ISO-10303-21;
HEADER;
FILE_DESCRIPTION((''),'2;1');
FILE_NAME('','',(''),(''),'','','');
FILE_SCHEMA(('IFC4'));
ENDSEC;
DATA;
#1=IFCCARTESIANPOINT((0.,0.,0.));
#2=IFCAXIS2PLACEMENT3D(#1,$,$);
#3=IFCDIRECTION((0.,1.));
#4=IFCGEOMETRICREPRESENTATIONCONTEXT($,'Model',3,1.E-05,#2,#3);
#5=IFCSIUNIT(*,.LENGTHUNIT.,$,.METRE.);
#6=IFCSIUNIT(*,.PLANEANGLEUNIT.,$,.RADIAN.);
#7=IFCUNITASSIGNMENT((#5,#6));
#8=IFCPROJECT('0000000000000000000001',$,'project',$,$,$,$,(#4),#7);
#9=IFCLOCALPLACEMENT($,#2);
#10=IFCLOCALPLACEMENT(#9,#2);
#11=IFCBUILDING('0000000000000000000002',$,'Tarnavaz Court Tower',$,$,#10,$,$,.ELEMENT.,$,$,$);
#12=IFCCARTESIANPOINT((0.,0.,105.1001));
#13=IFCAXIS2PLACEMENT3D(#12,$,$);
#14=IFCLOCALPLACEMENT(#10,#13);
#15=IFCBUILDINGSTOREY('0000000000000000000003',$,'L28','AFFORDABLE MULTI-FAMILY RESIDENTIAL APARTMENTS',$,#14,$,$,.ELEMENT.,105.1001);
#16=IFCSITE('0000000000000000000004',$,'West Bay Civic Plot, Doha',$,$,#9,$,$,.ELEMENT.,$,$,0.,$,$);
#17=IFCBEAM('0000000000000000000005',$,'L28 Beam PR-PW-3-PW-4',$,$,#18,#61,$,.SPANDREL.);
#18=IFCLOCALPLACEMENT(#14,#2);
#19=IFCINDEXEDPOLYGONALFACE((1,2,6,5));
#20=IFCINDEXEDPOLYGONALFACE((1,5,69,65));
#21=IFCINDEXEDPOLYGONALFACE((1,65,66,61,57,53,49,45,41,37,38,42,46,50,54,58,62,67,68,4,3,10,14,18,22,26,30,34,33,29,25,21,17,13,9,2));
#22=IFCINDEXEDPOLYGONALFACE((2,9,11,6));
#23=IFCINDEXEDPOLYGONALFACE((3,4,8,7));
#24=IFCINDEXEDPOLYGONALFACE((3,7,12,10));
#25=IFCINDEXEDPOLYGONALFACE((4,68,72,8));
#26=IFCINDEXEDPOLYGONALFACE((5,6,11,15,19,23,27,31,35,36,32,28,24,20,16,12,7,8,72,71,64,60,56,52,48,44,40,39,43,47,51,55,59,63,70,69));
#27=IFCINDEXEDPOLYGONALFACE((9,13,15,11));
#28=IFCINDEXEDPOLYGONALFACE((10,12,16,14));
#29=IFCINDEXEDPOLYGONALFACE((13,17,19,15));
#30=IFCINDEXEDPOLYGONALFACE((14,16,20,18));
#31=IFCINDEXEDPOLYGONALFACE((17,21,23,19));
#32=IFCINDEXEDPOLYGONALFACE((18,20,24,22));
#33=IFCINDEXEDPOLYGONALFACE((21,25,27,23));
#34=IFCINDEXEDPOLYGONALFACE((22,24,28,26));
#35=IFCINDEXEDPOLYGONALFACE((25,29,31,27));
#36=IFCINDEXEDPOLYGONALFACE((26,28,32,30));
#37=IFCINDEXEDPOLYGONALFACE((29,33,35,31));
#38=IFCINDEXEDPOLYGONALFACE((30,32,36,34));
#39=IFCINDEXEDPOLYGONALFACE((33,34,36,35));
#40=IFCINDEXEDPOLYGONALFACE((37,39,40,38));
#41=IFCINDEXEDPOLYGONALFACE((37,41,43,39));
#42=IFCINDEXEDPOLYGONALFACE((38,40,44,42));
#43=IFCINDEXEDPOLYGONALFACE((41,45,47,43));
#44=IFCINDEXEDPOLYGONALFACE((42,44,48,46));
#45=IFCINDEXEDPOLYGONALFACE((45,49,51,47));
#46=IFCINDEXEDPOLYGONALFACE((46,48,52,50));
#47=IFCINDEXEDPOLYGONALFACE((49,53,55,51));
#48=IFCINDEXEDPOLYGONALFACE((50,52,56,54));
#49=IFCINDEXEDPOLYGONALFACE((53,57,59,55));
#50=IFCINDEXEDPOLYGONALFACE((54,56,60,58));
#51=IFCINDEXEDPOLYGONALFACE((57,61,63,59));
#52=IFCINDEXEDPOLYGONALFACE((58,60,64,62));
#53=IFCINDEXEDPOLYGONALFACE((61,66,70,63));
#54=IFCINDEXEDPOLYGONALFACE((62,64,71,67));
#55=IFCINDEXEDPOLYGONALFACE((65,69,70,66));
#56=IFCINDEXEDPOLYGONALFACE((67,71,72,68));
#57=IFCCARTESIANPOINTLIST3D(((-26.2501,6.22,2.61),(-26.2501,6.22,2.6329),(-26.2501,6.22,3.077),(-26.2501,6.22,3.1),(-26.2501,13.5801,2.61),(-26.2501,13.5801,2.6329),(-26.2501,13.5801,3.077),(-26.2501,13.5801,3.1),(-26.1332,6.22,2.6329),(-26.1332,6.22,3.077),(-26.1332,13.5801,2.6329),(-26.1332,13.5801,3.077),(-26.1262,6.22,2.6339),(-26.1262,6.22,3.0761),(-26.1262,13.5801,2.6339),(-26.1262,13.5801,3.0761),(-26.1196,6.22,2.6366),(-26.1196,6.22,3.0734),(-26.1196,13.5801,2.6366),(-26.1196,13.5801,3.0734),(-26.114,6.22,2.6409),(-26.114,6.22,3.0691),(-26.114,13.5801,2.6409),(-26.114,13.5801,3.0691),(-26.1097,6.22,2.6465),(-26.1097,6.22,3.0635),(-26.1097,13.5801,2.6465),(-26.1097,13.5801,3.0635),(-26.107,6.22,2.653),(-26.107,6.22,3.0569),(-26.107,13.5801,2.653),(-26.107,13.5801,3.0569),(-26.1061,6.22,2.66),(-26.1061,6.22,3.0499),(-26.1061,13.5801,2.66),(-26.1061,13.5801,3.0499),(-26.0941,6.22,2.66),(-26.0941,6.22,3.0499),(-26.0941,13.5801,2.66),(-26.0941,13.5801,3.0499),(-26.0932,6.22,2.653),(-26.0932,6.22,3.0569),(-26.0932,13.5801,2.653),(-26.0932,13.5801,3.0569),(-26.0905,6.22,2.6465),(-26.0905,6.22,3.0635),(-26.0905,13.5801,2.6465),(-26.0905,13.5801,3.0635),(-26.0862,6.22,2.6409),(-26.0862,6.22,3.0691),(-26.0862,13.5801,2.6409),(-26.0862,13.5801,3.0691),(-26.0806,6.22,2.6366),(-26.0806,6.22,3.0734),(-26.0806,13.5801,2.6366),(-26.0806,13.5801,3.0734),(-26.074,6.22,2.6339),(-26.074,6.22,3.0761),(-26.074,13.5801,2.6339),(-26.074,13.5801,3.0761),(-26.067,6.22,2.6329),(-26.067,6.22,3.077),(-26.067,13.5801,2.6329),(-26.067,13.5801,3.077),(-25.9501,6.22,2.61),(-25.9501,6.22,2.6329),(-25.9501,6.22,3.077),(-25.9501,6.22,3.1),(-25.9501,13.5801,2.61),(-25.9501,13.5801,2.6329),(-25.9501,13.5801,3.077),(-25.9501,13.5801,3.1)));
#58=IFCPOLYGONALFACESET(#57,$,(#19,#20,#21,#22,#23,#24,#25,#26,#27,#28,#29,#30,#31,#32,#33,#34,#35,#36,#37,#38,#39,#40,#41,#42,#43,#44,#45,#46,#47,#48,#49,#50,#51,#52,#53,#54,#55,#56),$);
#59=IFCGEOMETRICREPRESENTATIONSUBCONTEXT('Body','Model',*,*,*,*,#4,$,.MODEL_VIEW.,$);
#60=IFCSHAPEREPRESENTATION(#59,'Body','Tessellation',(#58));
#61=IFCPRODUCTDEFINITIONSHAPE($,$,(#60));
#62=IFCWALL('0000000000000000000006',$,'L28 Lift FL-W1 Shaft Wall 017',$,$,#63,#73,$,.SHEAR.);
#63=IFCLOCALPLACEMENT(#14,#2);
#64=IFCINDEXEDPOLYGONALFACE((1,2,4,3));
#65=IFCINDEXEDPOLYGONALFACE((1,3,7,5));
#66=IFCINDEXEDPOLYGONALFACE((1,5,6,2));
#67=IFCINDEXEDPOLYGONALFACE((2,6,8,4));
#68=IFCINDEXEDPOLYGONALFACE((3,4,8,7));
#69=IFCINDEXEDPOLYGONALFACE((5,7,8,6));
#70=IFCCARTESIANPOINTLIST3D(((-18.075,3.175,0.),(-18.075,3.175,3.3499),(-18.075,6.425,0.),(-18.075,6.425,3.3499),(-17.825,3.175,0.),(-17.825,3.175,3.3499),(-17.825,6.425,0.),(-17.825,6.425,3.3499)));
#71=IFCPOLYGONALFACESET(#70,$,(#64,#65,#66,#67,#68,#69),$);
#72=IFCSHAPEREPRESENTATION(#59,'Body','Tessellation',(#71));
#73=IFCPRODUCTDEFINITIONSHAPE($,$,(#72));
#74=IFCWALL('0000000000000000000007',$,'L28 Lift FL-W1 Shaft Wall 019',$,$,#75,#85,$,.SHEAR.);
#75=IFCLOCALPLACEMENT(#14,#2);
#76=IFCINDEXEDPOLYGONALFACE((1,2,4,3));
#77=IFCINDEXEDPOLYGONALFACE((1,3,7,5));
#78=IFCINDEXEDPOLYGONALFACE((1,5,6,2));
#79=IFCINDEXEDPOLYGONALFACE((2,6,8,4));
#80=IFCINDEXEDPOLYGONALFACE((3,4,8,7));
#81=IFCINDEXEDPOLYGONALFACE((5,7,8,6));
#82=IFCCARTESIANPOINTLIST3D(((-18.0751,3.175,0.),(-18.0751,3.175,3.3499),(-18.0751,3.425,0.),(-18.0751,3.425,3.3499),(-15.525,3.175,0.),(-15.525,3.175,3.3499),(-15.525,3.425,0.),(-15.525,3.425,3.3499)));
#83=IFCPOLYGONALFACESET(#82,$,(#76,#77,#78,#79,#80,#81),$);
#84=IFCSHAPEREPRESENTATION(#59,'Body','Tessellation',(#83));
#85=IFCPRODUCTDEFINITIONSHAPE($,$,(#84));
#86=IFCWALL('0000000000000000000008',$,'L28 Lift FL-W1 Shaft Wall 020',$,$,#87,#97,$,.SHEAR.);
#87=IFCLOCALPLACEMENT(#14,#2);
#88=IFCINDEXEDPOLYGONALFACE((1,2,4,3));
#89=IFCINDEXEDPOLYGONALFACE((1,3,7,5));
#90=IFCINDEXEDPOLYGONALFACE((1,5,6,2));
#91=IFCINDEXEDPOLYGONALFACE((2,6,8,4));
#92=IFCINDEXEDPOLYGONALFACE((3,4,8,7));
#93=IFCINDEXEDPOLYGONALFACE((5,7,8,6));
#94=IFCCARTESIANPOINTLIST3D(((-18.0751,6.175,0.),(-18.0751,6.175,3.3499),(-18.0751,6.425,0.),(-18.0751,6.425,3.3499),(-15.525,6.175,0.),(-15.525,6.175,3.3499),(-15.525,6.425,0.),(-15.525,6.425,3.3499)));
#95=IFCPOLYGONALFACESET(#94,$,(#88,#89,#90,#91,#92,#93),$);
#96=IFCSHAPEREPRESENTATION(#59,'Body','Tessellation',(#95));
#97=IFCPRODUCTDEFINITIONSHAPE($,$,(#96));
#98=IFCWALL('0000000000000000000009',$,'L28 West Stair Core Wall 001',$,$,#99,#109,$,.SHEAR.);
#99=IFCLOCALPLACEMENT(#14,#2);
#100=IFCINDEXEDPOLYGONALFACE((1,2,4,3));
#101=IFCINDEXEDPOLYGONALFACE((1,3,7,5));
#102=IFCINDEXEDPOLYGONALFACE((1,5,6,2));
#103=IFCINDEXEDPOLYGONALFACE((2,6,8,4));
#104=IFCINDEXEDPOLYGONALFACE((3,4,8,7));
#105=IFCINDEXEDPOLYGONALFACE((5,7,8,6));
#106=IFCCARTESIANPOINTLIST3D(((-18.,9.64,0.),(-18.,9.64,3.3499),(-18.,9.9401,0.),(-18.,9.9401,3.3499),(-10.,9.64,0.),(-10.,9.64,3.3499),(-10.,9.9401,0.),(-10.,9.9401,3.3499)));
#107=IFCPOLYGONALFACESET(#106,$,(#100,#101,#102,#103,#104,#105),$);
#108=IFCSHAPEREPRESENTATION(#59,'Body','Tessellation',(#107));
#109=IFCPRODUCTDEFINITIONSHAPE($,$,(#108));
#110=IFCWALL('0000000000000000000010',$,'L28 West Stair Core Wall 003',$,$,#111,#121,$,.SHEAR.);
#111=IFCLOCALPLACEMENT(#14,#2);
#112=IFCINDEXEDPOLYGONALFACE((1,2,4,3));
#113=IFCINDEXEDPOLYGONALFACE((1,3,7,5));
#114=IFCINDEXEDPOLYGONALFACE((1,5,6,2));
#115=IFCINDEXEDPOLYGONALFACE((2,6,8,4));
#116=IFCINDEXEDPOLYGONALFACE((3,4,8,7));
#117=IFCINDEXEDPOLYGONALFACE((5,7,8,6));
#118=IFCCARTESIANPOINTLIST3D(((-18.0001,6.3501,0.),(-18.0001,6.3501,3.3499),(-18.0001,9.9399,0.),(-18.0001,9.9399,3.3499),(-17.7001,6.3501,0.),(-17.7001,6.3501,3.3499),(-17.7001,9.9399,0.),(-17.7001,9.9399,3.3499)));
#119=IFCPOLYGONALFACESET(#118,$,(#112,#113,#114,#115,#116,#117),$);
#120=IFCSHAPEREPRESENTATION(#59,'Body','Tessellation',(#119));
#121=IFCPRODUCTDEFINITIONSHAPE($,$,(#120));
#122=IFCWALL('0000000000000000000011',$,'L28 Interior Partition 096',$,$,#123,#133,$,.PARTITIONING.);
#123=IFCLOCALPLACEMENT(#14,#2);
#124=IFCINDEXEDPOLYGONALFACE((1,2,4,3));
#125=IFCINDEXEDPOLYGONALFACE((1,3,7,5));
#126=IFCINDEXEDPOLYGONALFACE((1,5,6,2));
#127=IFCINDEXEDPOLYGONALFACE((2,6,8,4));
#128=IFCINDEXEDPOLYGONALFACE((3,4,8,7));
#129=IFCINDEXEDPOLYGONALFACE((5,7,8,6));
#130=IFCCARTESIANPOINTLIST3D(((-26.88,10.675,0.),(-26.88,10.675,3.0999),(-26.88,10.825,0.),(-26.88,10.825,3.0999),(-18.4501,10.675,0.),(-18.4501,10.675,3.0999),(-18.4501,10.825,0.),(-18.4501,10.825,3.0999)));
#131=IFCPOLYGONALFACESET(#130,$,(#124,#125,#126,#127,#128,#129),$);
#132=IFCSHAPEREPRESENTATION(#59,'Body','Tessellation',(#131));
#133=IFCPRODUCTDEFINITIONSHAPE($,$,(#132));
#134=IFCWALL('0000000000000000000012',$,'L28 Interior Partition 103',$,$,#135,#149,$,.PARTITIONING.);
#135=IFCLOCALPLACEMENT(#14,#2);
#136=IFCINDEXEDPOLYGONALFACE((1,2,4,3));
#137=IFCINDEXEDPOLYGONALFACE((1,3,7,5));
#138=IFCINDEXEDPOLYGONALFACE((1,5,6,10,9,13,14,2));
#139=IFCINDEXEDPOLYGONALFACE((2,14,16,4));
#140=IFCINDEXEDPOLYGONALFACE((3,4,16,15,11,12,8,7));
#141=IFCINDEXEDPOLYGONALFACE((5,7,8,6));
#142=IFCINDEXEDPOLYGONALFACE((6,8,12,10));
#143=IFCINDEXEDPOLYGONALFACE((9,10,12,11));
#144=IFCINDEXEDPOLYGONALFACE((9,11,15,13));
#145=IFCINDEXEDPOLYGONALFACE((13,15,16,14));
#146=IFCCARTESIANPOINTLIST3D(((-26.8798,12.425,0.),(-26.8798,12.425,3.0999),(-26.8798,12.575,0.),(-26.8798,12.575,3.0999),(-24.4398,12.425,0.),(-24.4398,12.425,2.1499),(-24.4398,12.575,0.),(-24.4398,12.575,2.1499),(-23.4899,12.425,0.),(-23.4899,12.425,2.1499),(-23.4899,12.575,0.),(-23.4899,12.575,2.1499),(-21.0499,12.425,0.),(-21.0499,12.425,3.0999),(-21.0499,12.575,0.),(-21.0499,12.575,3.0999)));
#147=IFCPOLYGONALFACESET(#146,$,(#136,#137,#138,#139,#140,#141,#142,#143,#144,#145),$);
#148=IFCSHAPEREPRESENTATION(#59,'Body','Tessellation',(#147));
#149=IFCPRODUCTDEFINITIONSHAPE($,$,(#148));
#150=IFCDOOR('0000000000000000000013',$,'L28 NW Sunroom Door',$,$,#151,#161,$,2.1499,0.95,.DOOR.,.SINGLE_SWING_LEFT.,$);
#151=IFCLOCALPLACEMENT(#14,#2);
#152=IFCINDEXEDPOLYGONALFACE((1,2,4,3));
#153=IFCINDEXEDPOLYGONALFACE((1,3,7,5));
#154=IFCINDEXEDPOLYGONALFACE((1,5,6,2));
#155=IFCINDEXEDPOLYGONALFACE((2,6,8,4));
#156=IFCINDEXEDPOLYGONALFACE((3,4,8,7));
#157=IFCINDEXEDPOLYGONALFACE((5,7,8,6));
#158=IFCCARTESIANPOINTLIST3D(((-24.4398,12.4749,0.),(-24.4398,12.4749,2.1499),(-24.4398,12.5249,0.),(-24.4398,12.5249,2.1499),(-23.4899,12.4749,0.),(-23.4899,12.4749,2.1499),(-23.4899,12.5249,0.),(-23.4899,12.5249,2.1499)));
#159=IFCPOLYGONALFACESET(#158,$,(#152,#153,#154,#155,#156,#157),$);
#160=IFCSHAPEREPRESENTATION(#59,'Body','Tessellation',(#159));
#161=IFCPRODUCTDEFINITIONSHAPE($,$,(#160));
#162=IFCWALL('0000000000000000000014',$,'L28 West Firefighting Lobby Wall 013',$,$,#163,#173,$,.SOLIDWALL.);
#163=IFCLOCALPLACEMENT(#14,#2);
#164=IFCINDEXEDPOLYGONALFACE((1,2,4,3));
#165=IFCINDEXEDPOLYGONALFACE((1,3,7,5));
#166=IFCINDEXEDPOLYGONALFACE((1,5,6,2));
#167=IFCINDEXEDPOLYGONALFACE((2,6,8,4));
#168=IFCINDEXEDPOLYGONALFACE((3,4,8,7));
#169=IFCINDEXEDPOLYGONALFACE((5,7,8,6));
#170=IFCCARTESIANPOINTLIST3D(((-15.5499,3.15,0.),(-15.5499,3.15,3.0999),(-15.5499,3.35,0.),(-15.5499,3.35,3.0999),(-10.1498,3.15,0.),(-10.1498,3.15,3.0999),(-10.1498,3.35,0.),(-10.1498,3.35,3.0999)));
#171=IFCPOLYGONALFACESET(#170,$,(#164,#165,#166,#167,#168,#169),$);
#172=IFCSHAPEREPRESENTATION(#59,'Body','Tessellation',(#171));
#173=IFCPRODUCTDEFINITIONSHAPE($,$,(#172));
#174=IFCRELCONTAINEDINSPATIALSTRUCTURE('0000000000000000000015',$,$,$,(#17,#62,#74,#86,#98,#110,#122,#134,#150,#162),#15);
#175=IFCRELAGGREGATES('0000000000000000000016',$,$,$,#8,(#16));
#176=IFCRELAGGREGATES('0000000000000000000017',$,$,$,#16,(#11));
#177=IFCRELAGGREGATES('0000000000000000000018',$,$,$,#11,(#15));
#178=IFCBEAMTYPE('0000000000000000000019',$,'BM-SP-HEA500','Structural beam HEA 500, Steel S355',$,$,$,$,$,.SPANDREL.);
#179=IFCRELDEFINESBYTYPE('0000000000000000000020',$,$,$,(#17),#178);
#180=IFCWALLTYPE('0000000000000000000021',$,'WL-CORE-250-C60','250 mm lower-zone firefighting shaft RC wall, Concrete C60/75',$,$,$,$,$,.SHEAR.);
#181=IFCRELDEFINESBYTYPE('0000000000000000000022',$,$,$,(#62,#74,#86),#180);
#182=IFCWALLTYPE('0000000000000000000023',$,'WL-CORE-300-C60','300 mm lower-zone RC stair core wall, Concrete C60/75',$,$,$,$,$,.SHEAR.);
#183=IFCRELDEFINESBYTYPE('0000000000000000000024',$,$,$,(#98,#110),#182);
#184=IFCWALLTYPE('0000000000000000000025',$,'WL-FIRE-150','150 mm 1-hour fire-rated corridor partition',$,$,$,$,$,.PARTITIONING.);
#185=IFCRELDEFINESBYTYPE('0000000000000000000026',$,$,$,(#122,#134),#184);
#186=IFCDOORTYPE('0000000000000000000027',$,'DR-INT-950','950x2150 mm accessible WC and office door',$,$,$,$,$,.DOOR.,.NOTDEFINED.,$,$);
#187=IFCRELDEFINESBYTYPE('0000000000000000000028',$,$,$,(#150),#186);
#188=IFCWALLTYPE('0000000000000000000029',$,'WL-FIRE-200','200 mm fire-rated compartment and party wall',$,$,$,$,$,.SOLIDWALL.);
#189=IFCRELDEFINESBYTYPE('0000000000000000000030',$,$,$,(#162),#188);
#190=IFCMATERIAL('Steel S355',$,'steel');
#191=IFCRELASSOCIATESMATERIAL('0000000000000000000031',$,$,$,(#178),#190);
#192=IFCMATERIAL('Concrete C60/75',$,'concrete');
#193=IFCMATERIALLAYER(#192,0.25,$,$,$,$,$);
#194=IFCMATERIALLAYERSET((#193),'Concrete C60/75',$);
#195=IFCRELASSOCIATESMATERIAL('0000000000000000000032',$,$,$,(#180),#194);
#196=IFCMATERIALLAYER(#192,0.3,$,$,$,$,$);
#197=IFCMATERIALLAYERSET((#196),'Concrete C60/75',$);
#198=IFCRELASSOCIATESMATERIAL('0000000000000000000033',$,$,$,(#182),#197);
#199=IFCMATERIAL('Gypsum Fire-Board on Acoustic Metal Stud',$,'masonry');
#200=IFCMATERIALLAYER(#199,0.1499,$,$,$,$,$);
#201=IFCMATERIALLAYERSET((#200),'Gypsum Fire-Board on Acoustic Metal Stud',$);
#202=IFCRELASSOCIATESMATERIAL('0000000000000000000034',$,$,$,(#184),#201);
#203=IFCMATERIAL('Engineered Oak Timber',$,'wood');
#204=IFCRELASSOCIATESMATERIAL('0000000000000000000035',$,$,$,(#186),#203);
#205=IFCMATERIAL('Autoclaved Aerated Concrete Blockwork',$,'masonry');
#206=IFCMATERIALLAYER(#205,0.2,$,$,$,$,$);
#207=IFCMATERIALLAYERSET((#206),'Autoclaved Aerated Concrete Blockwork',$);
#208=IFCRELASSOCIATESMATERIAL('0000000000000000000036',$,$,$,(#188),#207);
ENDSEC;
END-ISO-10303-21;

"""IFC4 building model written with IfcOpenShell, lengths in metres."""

from ifc_helpers import new_model, si_unit, direction, frame, frame_2d, origin, origin_2d, place, context, subcontext, project, spatial, rectangle, i_section, extrude, material, layer, layer_set, material_profile, profile_set, type_object, element, fill, save


model = new_model("IFC4")

# Units and contexts
model_context = context("Model", 3, precision=1e-05, world=origin(), true_north=direction((0.0, 1.0)))
body_context = subcontext(model_context, "Body", "Model", "MODEL_VIEW")
ifc_project = project(units=[si_unit("LENGTHUNIT", "METRE"), si_unit("PLANEANGLEUNIT", "RADIAN")], contexts=[model_context])

# Site, building, storey
site_placement = place(None, origin())
site = spatial("IfcSite", under=ifc_project, at=site_placement, Name="West Bay Civic Plot, Doha", CompositionType="ELEMENT", RefElevation=0.0)
building_placement = place(site_placement, origin())
building = spatial("IfcBuilding", under=site, at=building_placement, Name="Tarnavaz Court Tower", CompositionType="ELEMENT")
storey_placement = place(building_placement, frame((0.0, 0.0, 105.1001)))
storey = spatial("IfcBuildingStorey", under=building, at=storey_placement, Name="L28", Description="AFFORDABLE MULTI-FAMILY RESIDENTIAL APARTMENTS", CompositionType="ELEMENT", Elevation=105.1001)

# Shared definitions
ifc_material_1 = material(Name="Concrete C60/75", Category="concrete")

# Beam
ifc_material_2 = material(Name="Steel S355", Category="steel")
ifc_material_profile_1 = material_profile(ifc_material_2, i_section(OverallWidth=0.3, OverallDepth=0.49, WebThickness=0.012, FlangeThickness=0.0229, FilletRadius=0.0271, at=origin_2d()), Name="HEA 500")
ifc_profile_set_1 = profile_set([ifc_material_profile_1], Name="Steel S355")
beam_type_1 = type_object("IfcBeamType", Name="BM-SP-HEA500", Description="Structural beam HEA 500, Steel S355", PredefinedType="SPANDREL", material=ifc_profile_set_1)
beam_1_placement = place(storey_placement, frame((-26.1001, 6.22, 2.855), z_axis=(0.0, 1.0, 0.0), x_axis=(-1.0, 0.0, 0.0)))
element("IfcBeam", 1, at=beam_1_placement, inside=storey, type_object=beam_type_1, Name="L28 Beam PR-PW-3-PW-4", PredefinedType="SPANDREL", context=body_context, shape_type="SweptSolid", body=[
    extrude(i_section(OverallWidth=0.3, OverallDepth=0.49, WebThickness=0.012, FlangeThickness=0.0229, FilletRadius=0.0271, at=origin_2d()), origin(), (0.0, 0.0, 1.0), 7.3601),
])

# Wall
ifc_layer_1 = layer(ifc_material_1, 0.25)
ifc_layer_set_1 = layer_set([ifc_layer_1], Name="Concrete C60/75")
wall_type_1 = type_object("IfcWallType", Name="WL-CORE-250-C60", Description="250 mm lower-zone firefighting shaft RC wall, Concrete C60/75", PredefinedType="SHEAR", material=ifc_layer_set_1)
wall_1_placement = place(storey_placement, frame((-17.95, 3.175, 0.0), z_axis=(0.0, 0.0, 1.0), x_axis=(0.0, 1.0, 0.0)))
element("IfcWall", 2, at=wall_1_placement, inside=storey, type_object=wall_type_1, Name="L28 Lift FL-W1 Shaft Wall 017", PredefinedType="SHEAR", context=body_context, shape_type="SweptSolid", body=[
    extrude(rectangle(XDim=3.25, YDim=0.25, at=frame_2d((1.625, 0.0))), origin(), (0.0, 0.0, 1.0), 3.3499),
])

# Walls
for number, where, z_axis, x_axis, name in (
    (3, (-18.075, 3.3, 0.0), (0.0, 0.0, 1.0), (1.0, 0.0, 0.0), "L28 Lift FL-W1 Shaft Wall 019"),
    (4, (-18.075, 6.3, 0.0), (0.0, 0.0, 1.0), (1.0, 0.0, 0.0), "L28 Lift FL-W1 Shaft Wall 020"),
):
    element("IfcWall", number, at=place(storey_placement, frame(where, z_axis=z_axis, x_axis=x_axis)), inside=storey, type_object=wall_type_1, Name=name, PredefinedType="SHEAR", context=body_context, shape_type="SweptSolid", body=[
        extrude(rectangle(XDim=2.55, YDim=0.25, at=frame_2d((1.2749, 0.0))), origin(), (0.0, 0.0, 1.0), 3.3499),
    ])
ifc_layer_2 = layer(ifc_material_1, 0.3)
ifc_layer_set_2 = layer_set([ifc_layer_2], Name="Concrete C60/75")
wall_type_2 = type_object("IfcWallType", Name="WL-CORE-300-C60", Description="300 mm lower-zone RC stair core wall, Concrete C60/75", PredefinedType="SHEAR", material=ifc_layer_set_2)
wall_2_placement = place(storey_placement, frame((-18.0, 9.79, 0.0), z_axis=(0.0, 0.0, 1.0), x_axis=(1.0, 0.0, 0.0)))
element("IfcWall", 5, at=wall_2_placement, inside=storey, type_object=wall_type_2, Name="L28 West Stair Core Wall 001", PredefinedType="SHEAR", context=body_context, shape_type="SweptSolid", body=[
    extrude(rectangle(XDim=8.0, YDim=0.3, at=frame_2d((4.0, 0.0))), origin(), (0.0, 0.0, 1.0), 3.3499),
])

# Walls
wall_3_placement = place(storey_placement, frame((-17.8501, 6.3501, 0.0), z_axis=(0.0, 0.0, 1.0), x_axis=(0.0, 1.0, 0.0)))
element("IfcWall", 6, at=wall_3_placement, inside=storey, type_object=wall_type_2, Name="L28 West Stair Core Wall 003", PredefinedType="SHEAR", context=body_context, shape_type="SweptSolid", body=[
    extrude(rectangle(XDim=3.5898, YDim=0.3, at=frame_2d((1.7949, 0.0))), origin(), (0.0, 0.0, 1.0), 3.3499),
])
ifc_material_3 = material(Name="Gypsum Fire-Board on Acoustic Metal Stud", Category="masonry")
ifc_layer_3 = layer(ifc_material_3, 0.1499)
ifc_layer_set_3 = layer_set([ifc_layer_3], Name="Gypsum Fire-Board on Acoustic Metal Stud")
wall_type_3 = type_object("IfcWallType", Name="WL-FIRE-150", Description="150 mm 1-hour fire-rated corridor partition", PredefinedType="PARTITIONING", material=ifc_layer_set_3)
wall_4_placement = place(storey_placement, frame((-26.8799, 10.75, 0.0), z_axis=(0.0, 0.0, 1.0), x_axis=(1.0, 0.0, 0.0)))
element("IfcWall", 7, at=wall_4_placement, inside=storey, type_object=wall_type_3, Name="L28 Interior Partition 096", PredefinedType="PARTITIONING", context=body_context, shape_type="SweptSolid", body=[
    extrude(rectangle(XDim=8.4299, YDim=0.1499, at=frame_2d((4.2148, 0.0))), origin(), (0.0, 0.0, 1.0), 3.0999),
])

# Wall, opening, door
wall_5_placement = place(storey_placement, frame((-26.8799, 12.5, 0.0), z_axis=(0.0, 0.0, 1.0), x_axis=(1.0, 0.0, 0.0)))
wall_5 = element("IfcWall", 8, at=wall_5_placement, inside=storey, type_object=wall_type_3, Name="L28 Interior Partition 103", PredefinedType="PARTITIONING", context=body_context, shape_type="SweptSolid", body=[
    extrude(rectangle(XDim=5.8298, YDim=0.1499, at=frame_2d((2.915, 0.0))), origin(), (0.0, 0.0, 1.0), 3.0999),
])
opening_1_placement = place(wall_5_placement, frame((2.4399, 0.0, 0.0)))
opening_1 = element("IfcOpeningElement", 9, at=opening_1_placement, cuts=wall_5, PredefinedType="OPENING", context=body_context, shape_type="SweptSolid", body=[
    extrude(rectangle(XDim=0.95, YDim=2.1499, at=frame_2d((0.4751, 1.075))), frame((0.0, 0.085, 0.0), z_axis=(0.0, -1.0, 0.0), x_axis=(1.0, 0.0, 0.0)), (0.0, 0.0, 1.0), 0.1699),
])
ifc_material_4 = material(Name="Engineered Oak Timber", Category="wood")
door_type_1 = type_object("IfcDoorType", Name="DR-INT-950", Description="950x2150 mm accessible WC and office door", OperationType="NOTDEFINED", PredefinedType="DOOR", material=ifc_material_4)
door_1_placement = place(opening_1_placement, origin())
door_1 = element("IfcDoor", 10, at=door_1_placement, inside=storey, type_object=door_type_1, Name="L28 NW Sunroom Door", OperationType="SINGLE_SWING_LEFT", OverallHeight=2.1499, OverallWidth=0.95, PredefinedType="DOOR", context=body_context, shape_type="SweptSolid", body=[
    extrude(rectangle(XDim=0.95, YDim=2.1499, at=frame_2d((0.4751, 1.075))), frame((0.0, 0.0249, 0.0), z_axis=(0.0, -1.0, 0.0), x_axis=(1.0, 0.0, 0.0)), (0.0, 0.0, 1.0), 0.05),
])
fill(opening_1, door_1)

# Wall
ifc_material_5 = material(Name="Autoclaved Aerated Concrete Blockwork", Category="masonry")
ifc_layer_4 = layer(ifc_material_5, 0.2)
ifc_layer_set_4 = layer_set([ifc_layer_4], Name="Autoclaved Aerated Concrete Blockwork")
wall_type_4 = type_object("IfcWallType", Name="WL-FIRE-200", Description="200 mm fire-rated compartment and party wall", PredefinedType="SOLIDWALL", material=ifc_layer_set_4)
wall_6_placement = place(storey_placement, frame((-15.55, 3.25, 0.0), z_axis=(0.0, 0.0, 1.0), x_axis=(1.0, 0.0, 0.0)))
element("IfcWall", 11, at=wall_6_placement, inside=storey, type_object=wall_type_4, Name="L28 West Firefighting Lobby Wall 013", PredefinedType="SOLIDWALL", context=body_context, shape_type="SweptSolid", body=[
    extrude(rectangle(XDim=5.4001, YDim=0.2, at=frame_2d((2.7002, 0.0))), origin(), (0.0, 0.0, 1.0), 3.0999),
])

save(model, "model.ifc")
